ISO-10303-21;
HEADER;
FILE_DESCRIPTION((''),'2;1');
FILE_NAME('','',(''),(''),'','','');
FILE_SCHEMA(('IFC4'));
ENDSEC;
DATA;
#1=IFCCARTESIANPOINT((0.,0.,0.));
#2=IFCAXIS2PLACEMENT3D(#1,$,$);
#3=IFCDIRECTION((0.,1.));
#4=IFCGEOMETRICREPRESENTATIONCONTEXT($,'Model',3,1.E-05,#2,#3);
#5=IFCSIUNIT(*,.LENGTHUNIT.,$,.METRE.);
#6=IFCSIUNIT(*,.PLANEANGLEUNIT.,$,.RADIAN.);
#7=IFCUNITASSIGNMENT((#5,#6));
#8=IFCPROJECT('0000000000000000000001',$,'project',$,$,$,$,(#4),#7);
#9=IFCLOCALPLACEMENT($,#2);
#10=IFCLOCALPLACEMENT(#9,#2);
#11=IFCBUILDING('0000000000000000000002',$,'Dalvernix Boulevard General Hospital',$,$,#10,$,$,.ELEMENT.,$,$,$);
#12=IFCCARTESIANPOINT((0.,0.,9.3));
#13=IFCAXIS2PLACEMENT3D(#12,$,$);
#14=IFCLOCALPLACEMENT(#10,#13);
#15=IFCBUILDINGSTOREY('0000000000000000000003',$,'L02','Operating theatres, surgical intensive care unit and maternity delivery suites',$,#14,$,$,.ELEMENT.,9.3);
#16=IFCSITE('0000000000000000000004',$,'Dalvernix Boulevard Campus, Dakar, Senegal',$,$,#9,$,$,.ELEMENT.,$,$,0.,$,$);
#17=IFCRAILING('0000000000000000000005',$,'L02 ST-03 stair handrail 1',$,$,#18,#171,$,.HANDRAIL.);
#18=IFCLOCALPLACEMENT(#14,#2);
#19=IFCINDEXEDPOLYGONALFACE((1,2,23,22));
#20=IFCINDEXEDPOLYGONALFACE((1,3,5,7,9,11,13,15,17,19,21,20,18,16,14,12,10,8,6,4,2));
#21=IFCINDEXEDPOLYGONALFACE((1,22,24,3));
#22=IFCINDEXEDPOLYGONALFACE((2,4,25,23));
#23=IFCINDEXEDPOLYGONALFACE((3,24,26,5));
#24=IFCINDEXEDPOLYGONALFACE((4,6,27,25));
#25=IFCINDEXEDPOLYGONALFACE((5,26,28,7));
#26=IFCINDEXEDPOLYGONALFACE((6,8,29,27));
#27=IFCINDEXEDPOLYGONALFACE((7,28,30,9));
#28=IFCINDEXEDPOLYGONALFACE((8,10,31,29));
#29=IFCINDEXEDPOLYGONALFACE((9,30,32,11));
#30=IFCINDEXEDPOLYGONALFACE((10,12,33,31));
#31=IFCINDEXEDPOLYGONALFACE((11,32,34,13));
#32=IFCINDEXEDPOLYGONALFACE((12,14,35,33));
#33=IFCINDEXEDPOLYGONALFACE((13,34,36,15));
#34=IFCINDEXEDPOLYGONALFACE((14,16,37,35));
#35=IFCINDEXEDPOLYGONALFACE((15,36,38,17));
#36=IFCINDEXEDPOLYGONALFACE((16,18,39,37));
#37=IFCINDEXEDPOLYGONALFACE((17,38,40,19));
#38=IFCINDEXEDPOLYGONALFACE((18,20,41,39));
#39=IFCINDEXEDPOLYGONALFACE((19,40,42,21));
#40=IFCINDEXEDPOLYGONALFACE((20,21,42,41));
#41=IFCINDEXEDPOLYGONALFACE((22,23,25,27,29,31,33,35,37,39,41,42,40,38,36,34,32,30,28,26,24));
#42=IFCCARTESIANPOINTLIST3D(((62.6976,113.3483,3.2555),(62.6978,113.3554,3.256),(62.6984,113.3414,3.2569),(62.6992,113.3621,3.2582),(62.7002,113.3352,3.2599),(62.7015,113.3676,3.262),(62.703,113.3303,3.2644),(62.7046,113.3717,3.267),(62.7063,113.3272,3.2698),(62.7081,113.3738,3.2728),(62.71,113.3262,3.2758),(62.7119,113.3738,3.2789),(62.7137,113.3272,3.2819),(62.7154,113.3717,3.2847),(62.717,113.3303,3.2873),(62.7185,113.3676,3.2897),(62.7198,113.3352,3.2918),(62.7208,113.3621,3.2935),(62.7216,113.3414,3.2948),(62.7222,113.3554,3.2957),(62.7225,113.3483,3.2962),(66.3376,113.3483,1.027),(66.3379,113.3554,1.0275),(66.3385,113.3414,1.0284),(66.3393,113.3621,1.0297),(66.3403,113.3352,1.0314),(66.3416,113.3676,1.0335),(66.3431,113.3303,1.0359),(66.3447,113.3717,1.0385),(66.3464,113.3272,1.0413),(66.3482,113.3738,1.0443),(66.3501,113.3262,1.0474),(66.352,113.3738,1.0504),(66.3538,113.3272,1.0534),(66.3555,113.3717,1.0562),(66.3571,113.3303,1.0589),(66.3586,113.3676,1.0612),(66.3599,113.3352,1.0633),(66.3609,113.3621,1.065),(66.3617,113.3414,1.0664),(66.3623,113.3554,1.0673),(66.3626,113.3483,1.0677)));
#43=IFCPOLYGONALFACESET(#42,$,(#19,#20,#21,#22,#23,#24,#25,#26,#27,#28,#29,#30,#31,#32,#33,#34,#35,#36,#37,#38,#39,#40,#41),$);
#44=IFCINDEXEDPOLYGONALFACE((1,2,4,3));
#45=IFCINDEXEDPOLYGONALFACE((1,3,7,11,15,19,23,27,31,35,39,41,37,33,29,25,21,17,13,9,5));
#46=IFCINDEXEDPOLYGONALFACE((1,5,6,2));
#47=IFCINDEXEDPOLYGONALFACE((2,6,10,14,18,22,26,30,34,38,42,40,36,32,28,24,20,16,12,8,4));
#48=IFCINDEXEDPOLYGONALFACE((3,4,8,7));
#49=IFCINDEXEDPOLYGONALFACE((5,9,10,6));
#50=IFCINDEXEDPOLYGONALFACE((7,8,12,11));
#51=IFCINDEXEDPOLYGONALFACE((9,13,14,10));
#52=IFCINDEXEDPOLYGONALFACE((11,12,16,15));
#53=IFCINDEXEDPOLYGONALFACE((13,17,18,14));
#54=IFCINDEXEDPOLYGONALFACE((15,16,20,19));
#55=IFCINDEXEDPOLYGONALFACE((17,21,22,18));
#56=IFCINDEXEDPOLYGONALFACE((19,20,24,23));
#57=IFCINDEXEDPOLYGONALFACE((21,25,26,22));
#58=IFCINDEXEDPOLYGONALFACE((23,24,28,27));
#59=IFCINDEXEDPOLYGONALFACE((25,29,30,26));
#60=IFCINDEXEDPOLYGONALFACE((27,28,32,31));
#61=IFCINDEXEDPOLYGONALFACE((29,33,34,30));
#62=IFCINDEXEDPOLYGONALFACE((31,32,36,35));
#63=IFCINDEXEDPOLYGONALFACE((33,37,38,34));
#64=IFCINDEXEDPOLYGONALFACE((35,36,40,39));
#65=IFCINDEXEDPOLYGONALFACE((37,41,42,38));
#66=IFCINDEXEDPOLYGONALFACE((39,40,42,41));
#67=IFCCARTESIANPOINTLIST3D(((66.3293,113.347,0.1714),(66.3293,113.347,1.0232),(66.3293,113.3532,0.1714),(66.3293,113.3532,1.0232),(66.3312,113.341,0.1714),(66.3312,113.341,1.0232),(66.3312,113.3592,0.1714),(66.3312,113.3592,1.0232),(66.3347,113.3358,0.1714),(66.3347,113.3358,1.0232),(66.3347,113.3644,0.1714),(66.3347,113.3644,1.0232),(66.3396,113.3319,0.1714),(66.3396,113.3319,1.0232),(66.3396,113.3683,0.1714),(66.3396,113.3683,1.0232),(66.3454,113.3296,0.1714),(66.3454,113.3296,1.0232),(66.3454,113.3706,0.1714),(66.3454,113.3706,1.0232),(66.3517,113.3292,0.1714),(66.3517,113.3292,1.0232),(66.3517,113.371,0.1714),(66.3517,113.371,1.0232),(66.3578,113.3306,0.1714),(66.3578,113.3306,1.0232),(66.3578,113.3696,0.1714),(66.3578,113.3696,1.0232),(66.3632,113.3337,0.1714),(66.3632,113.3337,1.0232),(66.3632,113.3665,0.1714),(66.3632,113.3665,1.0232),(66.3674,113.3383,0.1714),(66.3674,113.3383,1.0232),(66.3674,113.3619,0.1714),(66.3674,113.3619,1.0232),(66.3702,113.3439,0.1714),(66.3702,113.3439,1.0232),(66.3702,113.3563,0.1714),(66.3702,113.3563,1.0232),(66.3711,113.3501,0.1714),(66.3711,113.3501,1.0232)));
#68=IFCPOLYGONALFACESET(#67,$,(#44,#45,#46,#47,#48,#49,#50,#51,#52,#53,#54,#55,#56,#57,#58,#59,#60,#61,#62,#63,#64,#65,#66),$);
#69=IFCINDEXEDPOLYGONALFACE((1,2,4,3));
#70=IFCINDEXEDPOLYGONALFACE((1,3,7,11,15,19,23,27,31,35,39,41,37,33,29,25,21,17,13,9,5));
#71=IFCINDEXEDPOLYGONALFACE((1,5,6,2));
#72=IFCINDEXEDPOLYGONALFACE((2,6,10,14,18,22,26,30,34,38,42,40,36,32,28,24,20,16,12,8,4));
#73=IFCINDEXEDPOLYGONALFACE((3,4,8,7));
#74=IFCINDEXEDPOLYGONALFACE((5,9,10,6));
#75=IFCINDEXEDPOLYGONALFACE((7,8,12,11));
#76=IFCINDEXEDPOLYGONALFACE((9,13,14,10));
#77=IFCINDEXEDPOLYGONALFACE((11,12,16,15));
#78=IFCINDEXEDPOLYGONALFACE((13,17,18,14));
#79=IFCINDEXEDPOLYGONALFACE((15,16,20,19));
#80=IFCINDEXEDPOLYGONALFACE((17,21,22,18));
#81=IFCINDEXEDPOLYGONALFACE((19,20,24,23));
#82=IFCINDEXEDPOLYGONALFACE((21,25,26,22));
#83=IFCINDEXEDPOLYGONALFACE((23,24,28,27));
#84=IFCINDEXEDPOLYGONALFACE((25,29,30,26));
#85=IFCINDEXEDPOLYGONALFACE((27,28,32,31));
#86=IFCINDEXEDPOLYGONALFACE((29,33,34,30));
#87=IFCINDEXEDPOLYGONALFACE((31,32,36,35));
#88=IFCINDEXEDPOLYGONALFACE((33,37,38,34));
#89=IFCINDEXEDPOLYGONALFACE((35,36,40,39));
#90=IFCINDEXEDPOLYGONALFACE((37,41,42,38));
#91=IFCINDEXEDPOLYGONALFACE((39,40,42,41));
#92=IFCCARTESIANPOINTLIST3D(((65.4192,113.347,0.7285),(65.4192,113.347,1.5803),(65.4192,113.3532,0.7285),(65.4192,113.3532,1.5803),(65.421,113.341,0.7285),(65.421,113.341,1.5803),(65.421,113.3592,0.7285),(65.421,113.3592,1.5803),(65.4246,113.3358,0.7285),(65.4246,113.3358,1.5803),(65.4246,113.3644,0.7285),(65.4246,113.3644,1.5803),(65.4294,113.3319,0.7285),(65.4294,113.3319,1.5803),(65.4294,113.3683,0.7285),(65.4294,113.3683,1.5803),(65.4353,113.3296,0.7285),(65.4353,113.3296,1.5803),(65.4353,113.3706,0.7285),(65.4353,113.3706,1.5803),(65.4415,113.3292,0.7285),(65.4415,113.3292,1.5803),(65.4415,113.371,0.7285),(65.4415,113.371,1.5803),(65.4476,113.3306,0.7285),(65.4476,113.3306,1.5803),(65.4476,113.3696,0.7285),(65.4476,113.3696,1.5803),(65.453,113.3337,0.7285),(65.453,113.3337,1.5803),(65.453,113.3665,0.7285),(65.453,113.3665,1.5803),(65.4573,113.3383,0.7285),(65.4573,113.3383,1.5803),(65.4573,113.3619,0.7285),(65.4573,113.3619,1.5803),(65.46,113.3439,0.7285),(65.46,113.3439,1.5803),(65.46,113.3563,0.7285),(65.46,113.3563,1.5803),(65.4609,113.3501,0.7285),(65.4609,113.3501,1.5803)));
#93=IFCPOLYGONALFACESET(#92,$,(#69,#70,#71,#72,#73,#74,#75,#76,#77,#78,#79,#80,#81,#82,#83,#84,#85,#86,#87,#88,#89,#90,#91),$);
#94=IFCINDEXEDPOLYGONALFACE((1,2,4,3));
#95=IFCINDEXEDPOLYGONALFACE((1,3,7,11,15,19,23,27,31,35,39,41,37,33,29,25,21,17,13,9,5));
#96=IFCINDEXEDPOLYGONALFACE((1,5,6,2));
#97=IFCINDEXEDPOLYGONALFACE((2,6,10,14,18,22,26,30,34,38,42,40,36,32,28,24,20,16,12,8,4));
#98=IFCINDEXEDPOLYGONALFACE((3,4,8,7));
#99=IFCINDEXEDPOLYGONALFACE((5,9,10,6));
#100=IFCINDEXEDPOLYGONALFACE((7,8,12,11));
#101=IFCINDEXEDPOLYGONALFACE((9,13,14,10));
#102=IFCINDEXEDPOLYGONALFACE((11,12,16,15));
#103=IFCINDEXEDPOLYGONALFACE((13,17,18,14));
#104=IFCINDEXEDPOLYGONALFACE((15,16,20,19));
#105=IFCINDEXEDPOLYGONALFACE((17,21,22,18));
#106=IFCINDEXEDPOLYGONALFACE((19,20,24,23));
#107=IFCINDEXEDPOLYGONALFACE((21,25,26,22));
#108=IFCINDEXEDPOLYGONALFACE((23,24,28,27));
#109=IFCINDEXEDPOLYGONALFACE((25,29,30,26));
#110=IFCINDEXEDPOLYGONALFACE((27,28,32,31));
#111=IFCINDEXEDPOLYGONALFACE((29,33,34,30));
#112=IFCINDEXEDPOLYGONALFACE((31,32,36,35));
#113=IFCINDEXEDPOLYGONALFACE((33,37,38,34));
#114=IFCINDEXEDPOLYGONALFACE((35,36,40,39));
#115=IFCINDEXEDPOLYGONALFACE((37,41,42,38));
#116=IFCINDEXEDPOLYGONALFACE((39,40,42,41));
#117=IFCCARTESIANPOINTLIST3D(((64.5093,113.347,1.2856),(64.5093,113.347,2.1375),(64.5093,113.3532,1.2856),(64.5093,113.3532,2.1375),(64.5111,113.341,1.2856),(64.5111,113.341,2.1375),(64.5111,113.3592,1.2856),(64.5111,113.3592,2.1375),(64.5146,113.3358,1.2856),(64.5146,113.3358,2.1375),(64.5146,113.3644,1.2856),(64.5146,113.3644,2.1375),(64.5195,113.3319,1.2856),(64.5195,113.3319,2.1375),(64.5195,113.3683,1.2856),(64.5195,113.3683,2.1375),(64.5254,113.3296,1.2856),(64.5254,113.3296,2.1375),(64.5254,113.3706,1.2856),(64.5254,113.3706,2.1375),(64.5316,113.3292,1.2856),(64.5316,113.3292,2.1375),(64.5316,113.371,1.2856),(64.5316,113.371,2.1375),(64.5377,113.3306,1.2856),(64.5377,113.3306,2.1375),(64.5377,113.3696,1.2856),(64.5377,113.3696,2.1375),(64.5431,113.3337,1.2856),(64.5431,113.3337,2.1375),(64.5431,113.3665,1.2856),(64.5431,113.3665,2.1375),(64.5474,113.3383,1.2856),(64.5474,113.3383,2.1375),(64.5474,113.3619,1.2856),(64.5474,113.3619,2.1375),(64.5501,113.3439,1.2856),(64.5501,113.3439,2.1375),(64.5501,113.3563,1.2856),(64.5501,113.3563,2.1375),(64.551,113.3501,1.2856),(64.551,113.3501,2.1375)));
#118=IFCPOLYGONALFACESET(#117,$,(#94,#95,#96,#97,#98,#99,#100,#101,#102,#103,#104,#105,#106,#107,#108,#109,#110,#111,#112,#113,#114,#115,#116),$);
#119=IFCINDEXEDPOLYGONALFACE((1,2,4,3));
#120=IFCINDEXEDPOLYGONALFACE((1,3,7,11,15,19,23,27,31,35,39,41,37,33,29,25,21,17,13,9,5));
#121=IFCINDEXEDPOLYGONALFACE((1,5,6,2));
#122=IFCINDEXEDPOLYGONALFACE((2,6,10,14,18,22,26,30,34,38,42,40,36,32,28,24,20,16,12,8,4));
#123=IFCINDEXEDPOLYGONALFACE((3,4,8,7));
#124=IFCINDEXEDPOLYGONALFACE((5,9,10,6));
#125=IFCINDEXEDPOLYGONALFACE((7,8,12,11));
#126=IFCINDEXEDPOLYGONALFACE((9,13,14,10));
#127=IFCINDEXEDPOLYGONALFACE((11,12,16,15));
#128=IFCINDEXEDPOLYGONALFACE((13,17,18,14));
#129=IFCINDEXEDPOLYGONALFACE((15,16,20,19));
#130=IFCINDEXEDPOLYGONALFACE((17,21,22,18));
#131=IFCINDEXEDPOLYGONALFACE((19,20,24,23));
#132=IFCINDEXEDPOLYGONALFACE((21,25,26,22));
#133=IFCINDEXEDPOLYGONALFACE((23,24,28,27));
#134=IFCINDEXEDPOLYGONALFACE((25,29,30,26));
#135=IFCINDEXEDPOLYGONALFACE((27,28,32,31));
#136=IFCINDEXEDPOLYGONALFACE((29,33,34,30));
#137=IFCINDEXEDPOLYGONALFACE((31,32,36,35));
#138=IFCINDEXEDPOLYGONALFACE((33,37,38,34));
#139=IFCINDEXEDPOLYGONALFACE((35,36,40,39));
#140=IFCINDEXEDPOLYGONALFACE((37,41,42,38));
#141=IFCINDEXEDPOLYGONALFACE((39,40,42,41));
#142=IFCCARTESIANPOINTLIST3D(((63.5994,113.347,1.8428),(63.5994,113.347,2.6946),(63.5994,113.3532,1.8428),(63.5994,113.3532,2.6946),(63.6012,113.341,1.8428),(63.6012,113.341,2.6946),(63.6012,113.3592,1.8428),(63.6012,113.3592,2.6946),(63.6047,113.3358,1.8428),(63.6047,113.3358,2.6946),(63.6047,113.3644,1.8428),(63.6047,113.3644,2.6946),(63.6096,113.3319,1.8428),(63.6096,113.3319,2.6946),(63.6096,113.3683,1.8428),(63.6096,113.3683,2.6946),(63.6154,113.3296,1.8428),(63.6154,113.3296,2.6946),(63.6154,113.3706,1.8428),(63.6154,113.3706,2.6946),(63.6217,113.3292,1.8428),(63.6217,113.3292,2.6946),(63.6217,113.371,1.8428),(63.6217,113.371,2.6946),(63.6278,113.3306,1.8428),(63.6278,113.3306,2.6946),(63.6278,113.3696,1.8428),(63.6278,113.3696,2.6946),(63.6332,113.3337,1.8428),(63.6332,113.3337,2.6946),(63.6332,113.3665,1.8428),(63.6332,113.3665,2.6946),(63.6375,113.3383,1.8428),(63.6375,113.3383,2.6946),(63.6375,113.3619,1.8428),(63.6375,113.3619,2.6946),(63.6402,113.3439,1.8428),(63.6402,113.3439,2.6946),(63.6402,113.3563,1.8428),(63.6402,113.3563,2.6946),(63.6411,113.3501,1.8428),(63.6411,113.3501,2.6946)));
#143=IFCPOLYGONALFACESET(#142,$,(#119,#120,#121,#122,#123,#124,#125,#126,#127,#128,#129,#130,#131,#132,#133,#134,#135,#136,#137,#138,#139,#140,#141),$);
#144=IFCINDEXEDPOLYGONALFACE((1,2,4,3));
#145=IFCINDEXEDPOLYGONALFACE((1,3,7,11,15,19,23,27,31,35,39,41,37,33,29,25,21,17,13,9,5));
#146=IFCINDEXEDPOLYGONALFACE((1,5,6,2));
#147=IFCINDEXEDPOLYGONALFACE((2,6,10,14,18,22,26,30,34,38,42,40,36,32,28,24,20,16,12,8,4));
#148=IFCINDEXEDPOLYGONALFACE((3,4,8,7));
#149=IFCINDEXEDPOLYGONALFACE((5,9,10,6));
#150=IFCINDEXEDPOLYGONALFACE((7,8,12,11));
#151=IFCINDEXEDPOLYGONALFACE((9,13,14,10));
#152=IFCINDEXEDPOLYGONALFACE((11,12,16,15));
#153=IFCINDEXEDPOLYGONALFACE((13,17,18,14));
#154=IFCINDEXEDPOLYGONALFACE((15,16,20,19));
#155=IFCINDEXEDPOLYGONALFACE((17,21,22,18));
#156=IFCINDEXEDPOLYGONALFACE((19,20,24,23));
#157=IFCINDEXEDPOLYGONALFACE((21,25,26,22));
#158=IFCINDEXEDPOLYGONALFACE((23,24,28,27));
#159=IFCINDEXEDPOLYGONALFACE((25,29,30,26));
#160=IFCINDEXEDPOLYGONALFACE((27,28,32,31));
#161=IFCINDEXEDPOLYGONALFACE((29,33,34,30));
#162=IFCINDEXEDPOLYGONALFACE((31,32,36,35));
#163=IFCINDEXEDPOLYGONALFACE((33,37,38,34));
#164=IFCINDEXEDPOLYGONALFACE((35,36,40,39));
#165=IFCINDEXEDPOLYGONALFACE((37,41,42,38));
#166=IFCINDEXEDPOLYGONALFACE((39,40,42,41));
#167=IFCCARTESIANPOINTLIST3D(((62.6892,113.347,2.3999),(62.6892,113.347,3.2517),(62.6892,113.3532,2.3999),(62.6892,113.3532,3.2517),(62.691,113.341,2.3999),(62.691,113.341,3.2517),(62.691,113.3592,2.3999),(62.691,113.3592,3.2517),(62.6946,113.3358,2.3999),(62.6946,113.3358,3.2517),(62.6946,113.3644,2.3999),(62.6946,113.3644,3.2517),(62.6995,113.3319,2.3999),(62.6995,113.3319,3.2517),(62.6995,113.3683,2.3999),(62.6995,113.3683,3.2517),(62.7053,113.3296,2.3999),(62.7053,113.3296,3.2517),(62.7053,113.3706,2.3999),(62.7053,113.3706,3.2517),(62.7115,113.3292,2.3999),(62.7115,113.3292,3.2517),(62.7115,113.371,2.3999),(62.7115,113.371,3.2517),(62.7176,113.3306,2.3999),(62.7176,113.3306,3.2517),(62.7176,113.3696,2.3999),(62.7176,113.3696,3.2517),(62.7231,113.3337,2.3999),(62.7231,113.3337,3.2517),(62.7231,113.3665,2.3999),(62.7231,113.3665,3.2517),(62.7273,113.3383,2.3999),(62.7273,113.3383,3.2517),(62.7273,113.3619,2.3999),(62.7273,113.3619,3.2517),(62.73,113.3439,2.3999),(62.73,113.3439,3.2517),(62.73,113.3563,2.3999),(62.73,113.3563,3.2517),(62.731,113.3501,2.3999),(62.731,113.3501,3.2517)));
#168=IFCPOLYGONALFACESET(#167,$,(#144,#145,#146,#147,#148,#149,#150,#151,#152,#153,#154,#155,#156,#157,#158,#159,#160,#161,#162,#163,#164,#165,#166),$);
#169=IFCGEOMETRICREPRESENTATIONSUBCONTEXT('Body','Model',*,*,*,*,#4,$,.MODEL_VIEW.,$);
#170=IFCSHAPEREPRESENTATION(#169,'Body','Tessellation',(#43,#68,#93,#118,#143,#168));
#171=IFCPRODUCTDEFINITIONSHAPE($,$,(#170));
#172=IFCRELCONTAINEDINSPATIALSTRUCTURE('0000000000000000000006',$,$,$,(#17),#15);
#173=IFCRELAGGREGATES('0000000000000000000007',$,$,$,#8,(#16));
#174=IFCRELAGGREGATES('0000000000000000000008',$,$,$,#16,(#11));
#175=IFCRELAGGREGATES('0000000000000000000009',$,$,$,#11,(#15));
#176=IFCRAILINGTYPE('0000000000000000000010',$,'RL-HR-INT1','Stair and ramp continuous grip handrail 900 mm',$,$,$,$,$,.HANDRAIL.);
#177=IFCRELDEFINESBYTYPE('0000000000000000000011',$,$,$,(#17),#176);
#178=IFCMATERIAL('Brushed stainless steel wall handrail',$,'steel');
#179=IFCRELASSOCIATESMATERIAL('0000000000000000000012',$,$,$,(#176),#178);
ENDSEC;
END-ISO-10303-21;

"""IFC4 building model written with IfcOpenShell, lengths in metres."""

from ifc_helpers import new_model, si_unit, direction, frame, origin, origin_2d, place, context, subcontext, project, spatial, circle, extrude, material, type_object, element, save


model = new_model("IFC4")

# Units and contexts
model_context = context("Model", 3, precision=1e-05, world=origin(), true_north=direction((0.0, 1.0)))
body_context = subcontext(model_context, "Body", "Model", "MODEL_VIEW")
ifc_project = project(units=[si_unit("LENGTHUNIT", "METRE"), si_unit("PLANEANGLEUNIT", "RADIAN")], contexts=[model_context])

# Site, building, storey
site_placement = place(None, origin())
site = spatial("IfcSite", under=ifc_project, at=site_placement, Name="Dalvernix Boulevard Campus, Dakar, Senegal", CompositionType="ELEMENT", RefElevation=0.0)
building_placement = place(site_placement, origin())
building = spatial("IfcBuilding", under=site, at=building_placement, Name="Dalvernix Boulevard General Hospital", CompositionType="ELEMENT")
storey_placement = place(building_placement, frame((0.0, 0.0, 9.3)))
storey = spatial("IfcBuildingStorey", under=building, at=storey_placement, Name="L02", Description="Operating theatres, surgical intensive care unit and maternity delivery suites", CompositionType="ELEMENT", Elevation=9.3)

# Railing
ifc_material_1 = material(Name="Brushed stainless steel wall handrail", Category="steel")
railing_type_1 = type_object("IfcRailingType", Name="RL-HR-INT1", Description="Stair and ramp continuous grip handrail 900 mm", PredefinedType="HANDRAIL", material=ifc_material_1)
railing_1_placement = place(storey_placement, frame((66.3501, 113.3501, 0.1714)))
element("IfcRailing", 1, at=railing_1_placement, inside=storey, type_object=railing_type_1, Name="L02 ST-03 stair handrail 1", PredefinedType="HANDRAIL", context=body_context, shape_type="SweptSolid", body=[
    extrude(circle(Radius=0.0239, at=origin_2d()), frame((0.0, 0.0, 0.876), z_axis=(-0.852866, 0.0, 0.52213), x_axis=(0.0, -1.0, 0.0)), (0.0, 0.0, 1.0), 4.2681),
    extrude(circle(Radius=0.021, at=origin_2d()), origin(), (0.0, 0.0, 1.0), 0.8518),
    extrude(circle(Radius=0.021, at=origin_2d()), frame((-0.9102, 0.0, 0.5571)), (0.0, 0.0, 1.0), 0.8518),
    extrude(circle(Radius=0.021, at=origin_2d()), frame((-1.8201, 0.0, 1.1143)), (0.0, 0.0, 1.0), 0.8518),
    extrude(circle(Radius=0.021, at=origin_2d()), frame((-2.73, 0.0, 1.6714)), (0.0, 0.0, 1.0), 0.8518),
    extrude(circle(Radius=0.021, at=origin_2d()), frame((-3.6401, 0.0, 2.2285)), (0.0, 0.0, 1.0), 0.8518),
])

save(model, "model.ifc")
